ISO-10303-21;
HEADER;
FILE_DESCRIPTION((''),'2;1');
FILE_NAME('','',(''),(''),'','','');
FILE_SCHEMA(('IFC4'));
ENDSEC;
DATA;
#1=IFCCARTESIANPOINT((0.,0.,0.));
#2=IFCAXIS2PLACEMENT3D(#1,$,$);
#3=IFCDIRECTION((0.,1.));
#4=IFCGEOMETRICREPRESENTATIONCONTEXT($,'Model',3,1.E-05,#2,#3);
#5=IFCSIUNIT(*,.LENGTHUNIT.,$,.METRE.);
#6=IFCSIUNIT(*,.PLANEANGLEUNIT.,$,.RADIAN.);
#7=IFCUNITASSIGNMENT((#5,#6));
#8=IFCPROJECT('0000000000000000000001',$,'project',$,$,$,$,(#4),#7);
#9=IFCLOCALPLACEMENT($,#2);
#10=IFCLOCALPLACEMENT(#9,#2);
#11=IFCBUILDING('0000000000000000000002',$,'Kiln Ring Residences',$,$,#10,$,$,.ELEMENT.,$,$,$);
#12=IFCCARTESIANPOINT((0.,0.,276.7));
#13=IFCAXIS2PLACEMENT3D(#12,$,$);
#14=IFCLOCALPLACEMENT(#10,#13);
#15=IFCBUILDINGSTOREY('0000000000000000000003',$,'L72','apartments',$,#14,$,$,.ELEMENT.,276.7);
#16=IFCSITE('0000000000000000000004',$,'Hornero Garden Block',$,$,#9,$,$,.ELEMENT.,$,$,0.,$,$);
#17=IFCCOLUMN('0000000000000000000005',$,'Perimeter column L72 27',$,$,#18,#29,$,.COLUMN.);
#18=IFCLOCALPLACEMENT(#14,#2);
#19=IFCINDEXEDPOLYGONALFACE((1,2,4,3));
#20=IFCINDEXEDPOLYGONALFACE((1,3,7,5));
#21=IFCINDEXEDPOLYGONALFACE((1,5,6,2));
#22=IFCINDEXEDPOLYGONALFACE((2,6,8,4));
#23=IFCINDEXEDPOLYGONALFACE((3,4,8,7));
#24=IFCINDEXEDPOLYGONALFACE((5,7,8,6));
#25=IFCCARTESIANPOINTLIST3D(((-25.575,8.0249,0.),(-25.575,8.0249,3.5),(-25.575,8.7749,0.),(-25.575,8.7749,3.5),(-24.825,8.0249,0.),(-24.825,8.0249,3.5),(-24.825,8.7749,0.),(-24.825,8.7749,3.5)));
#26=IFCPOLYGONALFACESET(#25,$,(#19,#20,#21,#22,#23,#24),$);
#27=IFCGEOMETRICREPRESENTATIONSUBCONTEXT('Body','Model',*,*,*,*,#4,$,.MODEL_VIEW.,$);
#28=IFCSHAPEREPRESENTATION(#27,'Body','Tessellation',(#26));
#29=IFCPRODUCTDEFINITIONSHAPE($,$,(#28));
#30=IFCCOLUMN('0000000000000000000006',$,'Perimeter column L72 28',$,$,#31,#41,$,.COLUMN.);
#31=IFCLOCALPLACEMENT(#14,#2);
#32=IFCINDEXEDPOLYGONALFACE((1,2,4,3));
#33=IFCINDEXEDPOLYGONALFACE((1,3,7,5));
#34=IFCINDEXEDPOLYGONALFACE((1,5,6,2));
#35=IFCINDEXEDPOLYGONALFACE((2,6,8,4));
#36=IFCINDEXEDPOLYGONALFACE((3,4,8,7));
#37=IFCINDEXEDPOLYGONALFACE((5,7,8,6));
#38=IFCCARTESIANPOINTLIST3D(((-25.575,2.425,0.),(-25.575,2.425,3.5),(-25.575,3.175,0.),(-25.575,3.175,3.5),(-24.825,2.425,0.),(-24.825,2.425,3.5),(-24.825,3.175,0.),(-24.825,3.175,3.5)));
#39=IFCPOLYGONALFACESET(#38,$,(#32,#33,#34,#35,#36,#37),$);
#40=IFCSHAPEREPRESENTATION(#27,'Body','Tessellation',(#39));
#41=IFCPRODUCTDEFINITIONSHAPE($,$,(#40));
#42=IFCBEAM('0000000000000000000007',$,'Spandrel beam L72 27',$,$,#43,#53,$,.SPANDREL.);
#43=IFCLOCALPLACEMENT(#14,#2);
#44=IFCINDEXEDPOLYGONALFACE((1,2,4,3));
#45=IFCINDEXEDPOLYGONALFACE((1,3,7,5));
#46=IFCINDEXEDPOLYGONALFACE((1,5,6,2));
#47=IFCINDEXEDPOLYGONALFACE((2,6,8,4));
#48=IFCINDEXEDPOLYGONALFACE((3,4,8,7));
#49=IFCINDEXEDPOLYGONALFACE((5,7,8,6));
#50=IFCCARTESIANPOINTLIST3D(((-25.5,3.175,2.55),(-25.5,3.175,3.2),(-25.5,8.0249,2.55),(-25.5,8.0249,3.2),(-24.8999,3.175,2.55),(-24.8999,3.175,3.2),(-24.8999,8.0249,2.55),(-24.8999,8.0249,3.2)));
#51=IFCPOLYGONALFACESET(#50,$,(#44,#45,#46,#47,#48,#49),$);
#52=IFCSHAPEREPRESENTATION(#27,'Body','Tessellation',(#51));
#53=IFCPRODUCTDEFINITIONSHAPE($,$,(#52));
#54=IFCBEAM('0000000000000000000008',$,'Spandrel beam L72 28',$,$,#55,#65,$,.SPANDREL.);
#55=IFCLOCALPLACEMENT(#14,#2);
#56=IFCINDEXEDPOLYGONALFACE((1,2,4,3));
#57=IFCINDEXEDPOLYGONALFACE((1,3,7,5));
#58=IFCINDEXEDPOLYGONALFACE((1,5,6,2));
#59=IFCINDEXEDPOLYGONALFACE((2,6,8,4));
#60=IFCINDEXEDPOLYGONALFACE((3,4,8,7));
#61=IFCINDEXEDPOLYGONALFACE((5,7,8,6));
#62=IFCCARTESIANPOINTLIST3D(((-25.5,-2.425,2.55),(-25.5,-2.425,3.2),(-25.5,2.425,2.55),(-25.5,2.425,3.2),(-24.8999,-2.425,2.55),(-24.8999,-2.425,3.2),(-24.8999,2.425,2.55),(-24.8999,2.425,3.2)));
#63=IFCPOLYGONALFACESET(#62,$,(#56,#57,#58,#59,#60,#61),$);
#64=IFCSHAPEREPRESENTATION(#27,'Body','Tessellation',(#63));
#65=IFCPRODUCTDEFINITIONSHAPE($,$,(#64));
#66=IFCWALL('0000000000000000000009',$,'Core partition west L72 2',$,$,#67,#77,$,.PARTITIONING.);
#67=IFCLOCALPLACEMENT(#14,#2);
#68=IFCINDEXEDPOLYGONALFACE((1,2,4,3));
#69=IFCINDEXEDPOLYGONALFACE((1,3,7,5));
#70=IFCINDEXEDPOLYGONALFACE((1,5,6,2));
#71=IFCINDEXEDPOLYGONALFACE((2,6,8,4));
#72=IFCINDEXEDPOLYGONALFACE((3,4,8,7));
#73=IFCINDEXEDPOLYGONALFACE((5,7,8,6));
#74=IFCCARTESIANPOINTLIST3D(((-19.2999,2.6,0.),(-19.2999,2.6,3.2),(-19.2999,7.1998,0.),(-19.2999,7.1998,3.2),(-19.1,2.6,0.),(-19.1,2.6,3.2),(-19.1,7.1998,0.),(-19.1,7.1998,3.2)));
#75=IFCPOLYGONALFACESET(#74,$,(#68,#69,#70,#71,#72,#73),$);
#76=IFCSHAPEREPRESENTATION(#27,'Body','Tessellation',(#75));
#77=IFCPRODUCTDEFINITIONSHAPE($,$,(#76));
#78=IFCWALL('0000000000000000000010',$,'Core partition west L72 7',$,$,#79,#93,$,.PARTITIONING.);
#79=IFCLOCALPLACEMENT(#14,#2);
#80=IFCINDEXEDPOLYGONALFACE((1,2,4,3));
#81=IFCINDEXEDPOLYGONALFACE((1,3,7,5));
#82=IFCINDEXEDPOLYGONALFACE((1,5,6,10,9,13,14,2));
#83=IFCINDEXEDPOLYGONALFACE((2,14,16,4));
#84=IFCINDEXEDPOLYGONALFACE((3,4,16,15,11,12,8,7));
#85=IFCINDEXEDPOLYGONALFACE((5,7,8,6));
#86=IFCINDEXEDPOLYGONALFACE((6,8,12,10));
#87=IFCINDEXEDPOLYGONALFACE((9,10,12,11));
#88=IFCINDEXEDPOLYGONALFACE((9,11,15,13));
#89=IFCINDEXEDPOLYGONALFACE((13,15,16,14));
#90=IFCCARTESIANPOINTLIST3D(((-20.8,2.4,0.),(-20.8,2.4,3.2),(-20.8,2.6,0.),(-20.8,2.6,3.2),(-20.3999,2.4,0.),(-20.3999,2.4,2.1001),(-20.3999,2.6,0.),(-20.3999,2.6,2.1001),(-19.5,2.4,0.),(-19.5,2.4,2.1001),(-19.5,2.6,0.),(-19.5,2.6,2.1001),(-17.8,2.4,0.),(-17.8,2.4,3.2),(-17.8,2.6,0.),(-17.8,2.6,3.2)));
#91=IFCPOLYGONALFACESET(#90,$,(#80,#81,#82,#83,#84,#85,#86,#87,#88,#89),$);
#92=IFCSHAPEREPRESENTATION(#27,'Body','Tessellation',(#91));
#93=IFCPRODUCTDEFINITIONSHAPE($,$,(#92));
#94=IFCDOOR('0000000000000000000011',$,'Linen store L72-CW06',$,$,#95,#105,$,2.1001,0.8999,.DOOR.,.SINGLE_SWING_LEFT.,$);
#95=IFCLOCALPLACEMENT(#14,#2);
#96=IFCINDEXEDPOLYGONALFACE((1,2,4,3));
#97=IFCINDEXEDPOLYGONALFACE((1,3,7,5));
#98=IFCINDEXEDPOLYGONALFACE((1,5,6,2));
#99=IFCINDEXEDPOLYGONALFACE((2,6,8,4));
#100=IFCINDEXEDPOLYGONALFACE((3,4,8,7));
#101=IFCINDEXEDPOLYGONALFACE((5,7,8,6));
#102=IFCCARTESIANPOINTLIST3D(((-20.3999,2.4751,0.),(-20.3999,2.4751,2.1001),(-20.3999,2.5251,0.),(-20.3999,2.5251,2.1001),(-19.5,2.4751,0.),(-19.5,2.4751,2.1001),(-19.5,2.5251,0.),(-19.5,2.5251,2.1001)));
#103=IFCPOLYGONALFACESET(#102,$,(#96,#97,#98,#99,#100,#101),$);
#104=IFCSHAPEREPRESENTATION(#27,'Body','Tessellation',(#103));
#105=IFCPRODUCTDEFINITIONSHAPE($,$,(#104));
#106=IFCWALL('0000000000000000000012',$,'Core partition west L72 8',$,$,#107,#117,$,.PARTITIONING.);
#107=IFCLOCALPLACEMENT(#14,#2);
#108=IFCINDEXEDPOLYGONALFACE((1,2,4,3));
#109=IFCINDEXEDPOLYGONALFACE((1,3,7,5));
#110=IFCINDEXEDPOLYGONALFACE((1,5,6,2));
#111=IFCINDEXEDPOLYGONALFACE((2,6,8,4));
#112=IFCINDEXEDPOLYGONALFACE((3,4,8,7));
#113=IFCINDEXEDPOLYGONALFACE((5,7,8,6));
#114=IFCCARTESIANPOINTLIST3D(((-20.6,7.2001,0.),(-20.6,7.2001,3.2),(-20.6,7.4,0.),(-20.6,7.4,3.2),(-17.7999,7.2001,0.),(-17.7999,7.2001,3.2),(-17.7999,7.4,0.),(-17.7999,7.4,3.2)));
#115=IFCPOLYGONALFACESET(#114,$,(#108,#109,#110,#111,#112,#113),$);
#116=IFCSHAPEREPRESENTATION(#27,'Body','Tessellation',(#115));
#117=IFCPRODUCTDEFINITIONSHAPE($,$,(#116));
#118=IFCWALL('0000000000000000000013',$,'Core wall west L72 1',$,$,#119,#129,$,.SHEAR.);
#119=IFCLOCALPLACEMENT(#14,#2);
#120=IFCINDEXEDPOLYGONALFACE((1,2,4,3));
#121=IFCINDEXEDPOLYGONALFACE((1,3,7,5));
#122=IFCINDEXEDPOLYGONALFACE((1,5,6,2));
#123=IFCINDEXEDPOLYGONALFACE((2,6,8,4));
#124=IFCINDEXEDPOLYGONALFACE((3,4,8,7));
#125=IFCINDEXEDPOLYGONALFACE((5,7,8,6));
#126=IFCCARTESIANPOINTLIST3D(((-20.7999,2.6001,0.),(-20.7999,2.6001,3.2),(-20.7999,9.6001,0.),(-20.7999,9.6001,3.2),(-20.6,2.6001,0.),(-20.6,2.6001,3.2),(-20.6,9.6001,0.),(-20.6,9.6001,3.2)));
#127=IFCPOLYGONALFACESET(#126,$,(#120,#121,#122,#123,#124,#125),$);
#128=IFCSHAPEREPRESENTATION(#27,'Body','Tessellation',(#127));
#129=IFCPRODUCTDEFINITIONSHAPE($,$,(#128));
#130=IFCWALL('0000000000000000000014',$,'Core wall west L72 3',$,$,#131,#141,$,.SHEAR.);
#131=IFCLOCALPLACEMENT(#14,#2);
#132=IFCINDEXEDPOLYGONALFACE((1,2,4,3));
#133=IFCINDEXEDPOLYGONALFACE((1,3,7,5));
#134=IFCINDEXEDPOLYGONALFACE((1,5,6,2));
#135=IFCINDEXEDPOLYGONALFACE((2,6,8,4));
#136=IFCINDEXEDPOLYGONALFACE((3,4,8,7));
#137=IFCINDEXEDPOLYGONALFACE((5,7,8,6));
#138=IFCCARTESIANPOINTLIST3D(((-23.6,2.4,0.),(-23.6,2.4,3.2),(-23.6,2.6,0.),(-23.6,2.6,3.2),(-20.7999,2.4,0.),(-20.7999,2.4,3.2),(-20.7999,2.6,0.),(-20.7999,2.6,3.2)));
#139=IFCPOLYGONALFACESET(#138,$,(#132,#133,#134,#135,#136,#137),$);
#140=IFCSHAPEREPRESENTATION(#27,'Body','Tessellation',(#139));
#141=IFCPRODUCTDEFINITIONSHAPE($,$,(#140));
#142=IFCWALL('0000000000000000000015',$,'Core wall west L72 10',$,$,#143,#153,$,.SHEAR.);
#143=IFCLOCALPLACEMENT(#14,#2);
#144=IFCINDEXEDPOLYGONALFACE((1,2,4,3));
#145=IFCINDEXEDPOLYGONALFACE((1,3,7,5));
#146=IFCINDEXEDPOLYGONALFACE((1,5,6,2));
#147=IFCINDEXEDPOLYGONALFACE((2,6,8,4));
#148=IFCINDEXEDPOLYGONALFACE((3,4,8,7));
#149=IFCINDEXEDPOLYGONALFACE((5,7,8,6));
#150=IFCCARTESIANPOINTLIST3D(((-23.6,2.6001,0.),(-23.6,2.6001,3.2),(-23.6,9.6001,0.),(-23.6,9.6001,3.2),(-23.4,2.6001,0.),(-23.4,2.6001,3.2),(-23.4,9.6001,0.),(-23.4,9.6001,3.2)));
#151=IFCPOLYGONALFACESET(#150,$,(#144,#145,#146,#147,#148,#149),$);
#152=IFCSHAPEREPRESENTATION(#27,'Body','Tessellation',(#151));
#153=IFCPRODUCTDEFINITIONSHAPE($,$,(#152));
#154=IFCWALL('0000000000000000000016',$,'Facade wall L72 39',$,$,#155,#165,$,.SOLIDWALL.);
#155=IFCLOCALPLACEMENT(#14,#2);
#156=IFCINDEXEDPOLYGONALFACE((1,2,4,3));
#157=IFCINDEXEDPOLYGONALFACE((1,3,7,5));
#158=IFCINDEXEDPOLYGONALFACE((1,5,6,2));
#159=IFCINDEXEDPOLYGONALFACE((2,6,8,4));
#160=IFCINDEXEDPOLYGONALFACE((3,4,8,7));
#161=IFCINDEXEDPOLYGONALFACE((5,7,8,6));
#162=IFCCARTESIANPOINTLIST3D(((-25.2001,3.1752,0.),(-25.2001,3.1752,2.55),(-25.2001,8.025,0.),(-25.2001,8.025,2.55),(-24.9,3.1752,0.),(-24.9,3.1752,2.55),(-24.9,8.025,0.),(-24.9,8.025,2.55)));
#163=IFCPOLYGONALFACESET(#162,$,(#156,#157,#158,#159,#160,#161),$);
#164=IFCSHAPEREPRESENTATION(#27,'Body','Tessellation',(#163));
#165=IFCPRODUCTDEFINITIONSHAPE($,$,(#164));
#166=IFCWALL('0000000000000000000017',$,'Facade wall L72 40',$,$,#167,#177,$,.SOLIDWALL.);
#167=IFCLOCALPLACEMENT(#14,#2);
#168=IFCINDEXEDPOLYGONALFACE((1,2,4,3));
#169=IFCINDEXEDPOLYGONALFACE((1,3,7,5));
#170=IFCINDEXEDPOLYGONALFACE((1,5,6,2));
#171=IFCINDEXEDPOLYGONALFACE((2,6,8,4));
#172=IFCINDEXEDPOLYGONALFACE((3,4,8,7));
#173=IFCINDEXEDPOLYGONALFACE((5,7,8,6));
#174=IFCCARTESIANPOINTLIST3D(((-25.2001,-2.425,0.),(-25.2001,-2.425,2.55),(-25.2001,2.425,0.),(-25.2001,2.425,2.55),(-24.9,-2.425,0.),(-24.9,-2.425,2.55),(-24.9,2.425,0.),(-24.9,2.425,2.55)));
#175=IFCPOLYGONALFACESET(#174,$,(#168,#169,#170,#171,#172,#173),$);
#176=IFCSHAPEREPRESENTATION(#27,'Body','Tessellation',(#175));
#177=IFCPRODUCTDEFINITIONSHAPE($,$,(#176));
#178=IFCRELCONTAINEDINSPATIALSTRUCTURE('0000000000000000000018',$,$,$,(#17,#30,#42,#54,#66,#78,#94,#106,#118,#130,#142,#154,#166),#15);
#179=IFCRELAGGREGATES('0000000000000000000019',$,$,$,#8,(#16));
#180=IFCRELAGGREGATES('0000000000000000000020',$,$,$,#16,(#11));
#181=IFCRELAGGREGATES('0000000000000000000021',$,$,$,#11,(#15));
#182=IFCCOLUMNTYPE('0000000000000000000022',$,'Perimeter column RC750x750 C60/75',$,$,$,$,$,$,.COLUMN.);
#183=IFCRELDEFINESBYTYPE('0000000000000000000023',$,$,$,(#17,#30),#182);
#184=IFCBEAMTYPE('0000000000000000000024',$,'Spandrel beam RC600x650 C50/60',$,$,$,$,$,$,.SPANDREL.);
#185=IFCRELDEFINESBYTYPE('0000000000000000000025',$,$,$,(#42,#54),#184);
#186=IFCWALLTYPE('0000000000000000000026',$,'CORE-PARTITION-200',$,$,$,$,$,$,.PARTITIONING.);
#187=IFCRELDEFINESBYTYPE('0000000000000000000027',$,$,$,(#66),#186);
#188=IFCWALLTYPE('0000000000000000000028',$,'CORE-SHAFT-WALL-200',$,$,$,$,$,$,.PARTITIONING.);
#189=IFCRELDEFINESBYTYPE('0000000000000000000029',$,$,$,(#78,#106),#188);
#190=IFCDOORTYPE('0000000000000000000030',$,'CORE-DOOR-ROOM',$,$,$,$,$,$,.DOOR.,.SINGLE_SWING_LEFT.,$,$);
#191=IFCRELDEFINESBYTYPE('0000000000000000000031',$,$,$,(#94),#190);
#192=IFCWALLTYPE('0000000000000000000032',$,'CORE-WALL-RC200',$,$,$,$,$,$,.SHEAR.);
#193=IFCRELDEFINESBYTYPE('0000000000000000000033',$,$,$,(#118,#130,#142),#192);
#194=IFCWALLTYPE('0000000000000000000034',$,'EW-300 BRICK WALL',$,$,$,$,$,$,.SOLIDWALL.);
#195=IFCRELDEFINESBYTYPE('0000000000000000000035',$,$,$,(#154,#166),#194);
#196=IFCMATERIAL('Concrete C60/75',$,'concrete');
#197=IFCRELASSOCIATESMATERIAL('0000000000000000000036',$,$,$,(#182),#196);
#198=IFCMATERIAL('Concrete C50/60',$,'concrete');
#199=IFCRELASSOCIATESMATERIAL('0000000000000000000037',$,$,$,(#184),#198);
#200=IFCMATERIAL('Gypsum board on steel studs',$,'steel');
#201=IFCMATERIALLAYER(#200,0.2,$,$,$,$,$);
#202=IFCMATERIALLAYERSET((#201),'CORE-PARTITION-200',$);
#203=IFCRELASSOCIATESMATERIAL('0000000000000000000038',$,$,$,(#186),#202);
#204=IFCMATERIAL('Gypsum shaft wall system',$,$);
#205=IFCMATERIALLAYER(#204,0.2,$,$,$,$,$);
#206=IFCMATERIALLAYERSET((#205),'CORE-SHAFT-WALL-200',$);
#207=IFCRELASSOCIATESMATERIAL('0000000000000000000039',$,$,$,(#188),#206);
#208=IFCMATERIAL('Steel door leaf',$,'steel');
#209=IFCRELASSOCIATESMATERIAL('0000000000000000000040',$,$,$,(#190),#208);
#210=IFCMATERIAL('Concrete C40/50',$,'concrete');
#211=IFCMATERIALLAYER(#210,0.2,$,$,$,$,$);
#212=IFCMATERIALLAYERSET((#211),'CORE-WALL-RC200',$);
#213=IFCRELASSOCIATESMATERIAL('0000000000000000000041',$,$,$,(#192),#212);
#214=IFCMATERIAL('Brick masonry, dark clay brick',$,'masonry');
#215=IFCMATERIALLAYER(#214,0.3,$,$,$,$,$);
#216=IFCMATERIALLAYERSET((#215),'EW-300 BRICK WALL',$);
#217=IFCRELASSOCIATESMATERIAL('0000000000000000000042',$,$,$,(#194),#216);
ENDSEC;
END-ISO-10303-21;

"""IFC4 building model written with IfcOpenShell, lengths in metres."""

from ifc_helpers import new_model, si_unit, direction, frame, frame_2d, origin, origin_2d, place, context, subcontext, project, spatial, rectangle, extrude, material, layer, layer_set, material_profile, profile_set, type_object, element, fill, save


model = new_model("IFC4")

# Units and contexts
model_context = context("Model", 3, precision=1e-05, world=origin(), true_north=direction((0.0, 1.0)))
body_context = subcontext(model_context, "Body", "Model", "MODEL_VIEW")
ifc_project = project(units=[si_unit("LENGTHUNIT", "METRE"), si_unit("PLANEANGLEUNIT", "RADIAN")], contexts=[model_context])

# Site, building, storey
site_placement = place(None, origin())
site = spatial("IfcSite", under=ifc_project, at=site_placement, Name="Hornero Garden Block", CompositionType="ELEMENT", RefElevation=0.0)
building_placement = place(site_placement, origin())
building = spatial("IfcBuilding", under=site, at=building_placement, Name="Kiln Ring Residences", CompositionType="ELEMENT")
storey_placement = place(building_placement, frame((0.0, 0.0, 276.7)))
storey = spatial("IfcBuildingStorey", under=building, at=storey_placement, Name="L72", Description="apartments", CompositionType="ELEMENT", Elevation=276.7)

# Columns
ifc_material_1 = material(Name="Concrete C60/75", Category="concrete")
ifc_material_profile_1 = material_profile(ifc_material_1, rectangle(XDim=0.75, YDim=0.75, at=origin_2d()), Name="RC750x750")
ifc_profile_set_1 = profile_set([ifc_material_profile_1], Name="Concrete C60/75")
column_type = type_object("IfcColumnType", Name="Perimeter column RC750x750 C60/75", PredefinedType="COLUMN", material=ifc_profile_set_1)
for number, where, z_axis, x_axis, name in (
    (1, (-25.2, 8.3999, 0.0), (0.0, 0.0, 1.0), (1.0, 0.0, 0.0), "Perimeter column L72 27"),
    (2, (-25.2, 2.8, 0.0), (0.0, 0.0, 1.0), (1.0, 0.0, 0.0), "Perimeter column L72 28"),
):
    element("IfcColumn", number, at=place(storey_placement, frame(where, z_axis=z_axis, x_axis=x_axis)), inside=storey, type_object=column_type, Name=name, PredefinedType="COLUMN", context=body_context, shape_type="SweptSolid", body=[
        extrude(rectangle(XDim=0.75, YDim=0.75, at=origin_2d()), origin(), (0.0, 0.0, 1.0), 3.5),
    ])

# Beams
ifc_material_2 = material(Name="Concrete C50/60", Category="concrete")
ifc_material_profile_2 = material_profile(ifc_material_2, rectangle(XDim=0.6001, YDim=0.6499, at=origin_2d()), Name="RC600x650")
ifc_profile_set_2 = profile_set([ifc_material_profile_2], Name="Concrete C50/60")
beam_type = type_object("IfcBeamType", Name="Spandrel beam RC600x650 C50/60", PredefinedType="SPANDREL", material=ifc_profile_set_2)
beam_1_placement = place(storey_placement, frame((-25.2, 8.0249, 2.875), z_axis=(0.0, -1.0, 0.0), x_axis=(1.0, 0.0, 0.0)))
element("IfcBeam", 3, at=beam_1_placement, inside=storey, type_object=beam_type, Name="Spandrel beam L72 27", PredefinedType="SPANDREL", context=body_context, shape_type="SweptSolid", body=[
    extrude(rectangle(XDim=0.6001, YDim=0.6499, at=origin_2d()), origin(), (0.0, 0.0, 1.0), 4.8499),
])
beam_2_placement = place(storey_placement, frame((-25.2, 2.425, 2.875), z_axis=(0.0, -1.0, 0.0), x_axis=(1.0, 0.0, 0.0)))
element("IfcBeam", 4, at=beam_2_placement, inside=storey, type_object=beam_type, Name="Spandrel beam L72 28", PredefinedType="SPANDREL", context=body_context, shape_type="SweptSolid", body=[
    extrude(rectangle(XDim=0.6001, YDim=0.6499, at=origin_2d()), origin(), (0.0, 0.0, 1.0), 4.8501),
])

# Wall
ifc_material_3 = material(Name="Gypsum board on steel studs", Category="steel")
ifc_layer_1 = layer(ifc_material_3, 0.2)
ifc_layer_set_1 = layer_set([ifc_layer_1], Name="CORE-PARTITION-200")
wall_type_1 = type_object("IfcWallType", Name="CORE-PARTITION-200", PredefinedType="PARTITIONING", material=ifc_layer_set_1)
wall_1_placement = place(storey_placement, frame((-19.2, 2.6001, 0.0), z_axis=(0.0, 0.0, 1.0), x_axis=(0.0, 1.0, 0.0)))
element("IfcWall", 5, at=wall_1_placement, inside=storey, type_object=wall_type_1, Name="Core partition west L72 2", PredefinedType="PARTITIONING", context=body_context, shape_type="SweptSolid", body=[
    extrude(rectangle(XDim=4.5999, YDim=0.2, at=frame_2d((2.2998, 0.0))), origin(), (0.0, 0.0, 1.0), 3.2),
])

# Wall, opening, door
ifc_material_4 = material(Name="Gypsum shaft wall system")
ifc_layer_2 = layer(ifc_material_4, 0.2)
ifc_layer_set_2 = layer_set([ifc_layer_2], Name="CORE-SHAFT-WALL-200")
wall_type_2 = type_object("IfcWallType", Name="CORE-SHAFT-WALL-200", PredefinedType="PARTITIONING", material=ifc_layer_set_2)
wall_2_placement = place(storey_placement, frame((-17.8, 2.5, 0.0), z_axis=(0.0, 0.0, 1.0), x_axis=(-1.0, 0.0, 0.0)))
wall_2 = element("IfcWall", 6, at=wall_2_placement, inside=storey, type_object=wall_type_2, Name="Core partition west L72 7", PredefinedType="PARTITIONING", context=body_context, shape_type="SweptSolid", body=[
    extrude(rectangle(XDim=3.0, YDim=0.2, at=frame_2d((1.5, 0.0))), origin(), (0.0, 0.0, 1.0), 3.2),
])
opening_placement = place(wall_2_placement, frame((1.7, 0.0, 0.0)))
opening = element("IfcOpeningElement", 7, at=opening_placement, cuts=wall_2, PredefinedType="OPENING", context=body_context, shape_type="SweptSolid", body=[
    extrude(rectangle(XDim=0.8999, YDim=2.1001, at=frame_2d((0.45, 1.05))), frame((0.0, 0.1099, 0.0), z_axis=(0.0, -1.0, 0.0), x_axis=(1.0, 0.0, 0.0)), (0.0, 0.0, 1.0), 0.22),
])
ifc_material_5 = material(Name="Steel door leaf", Category="steel")
door_type = type_object("IfcDoorType", Name="CORE-DOOR-ROOM", OperationType="SINGLE_SWING_LEFT", PredefinedType="DOOR", material=ifc_material_5)
door_placement = place(opening_placement, origin())
door = element("IfcDoor", 8, at=door_placement, inside=storey, type_object=door_type, Name="Linen store L72-CW06", OperationType="SINGLE_SWING_LEFT", OverallHeight=2.1001, OverallWidth=0.8999, PredefinedType="DOOR", context=body_context, shape_type="SweptSolid", body=[
    extrude(rectangle(XDim=0.8999, YDim=2.1001, at=frame_2d((0.45, 1.05))), frame((0.0, 0.0249, 0.0), z_axis=(0.0, -1.0, 0.0), x_axis=(1.0, 0.0, 0.0)), (0.0, 0.0, 1.0), 0.05),
])
fill(opening, door)

# Walls
wall_3_placement = place(storey_placement, frame((-17.8, 7.3, 0.0), z_axis=(0.0, 0.0, 1.0), x_axis=(-1.0, 0.0, 0.0)))
element("IfcWall", 9, at=wall_3_placement, inside=storey, type_object=wall_type_2, Name="Core partition west L72 8", PredefinedType="PARTITIONING", context=body_context, shape_type="SweptSolid", body=[
    extrude(rectangle(XDim=2.8, YDim=0.2, at=frame_2d((1.3999, 0.0))), origin(), (0.0, 0.0, 1.0), 3.2),
])
ifc_material_6 = material(Name="Concrete C40/50", Category="concrete")
ifc_layer_3 = layer(ifc_material_6, 0.2)
ifc_layer_set_3 = layer_set([ifc_layer_3], Name="CORE-WALL-RC200")
wall_type_3 = type_object("IfcWallType", Name="CORE-WALL-RC200", PredefinedType="SHEAR", material=ifc_layer_set_3)
wall_4_placement = place(storey_placement, frame((-20.7, 2.6001, 0.0), z_axis=(0.0, 0.0, 1.0), x_axis=(0.0, 1.0, 0.0)))
element("IfcWall", 10, at=wall_4_placement, inside=storey, type_object=wall_type_3, Name="Core wall west L72 1", PredefinedType="SHEAR", context=body_context, shape_type="SweptSolid", body=[
    extrude(rectangle(XDim=7.0, YDim=0.2, at=frame_2d((3.5, 0.0))), origin(), (0.0, 0.0, 1.0), 3.2),
])
wall_5_placement = place(storey_placement, frame((-20.8, 2.5, 0.0), z_axis=(0.0, 0.0, 1.0), x_axis=(-1.0, 0.0, 0.0)))
element("IfcWall", 11, at=wall_5_placement, inside=storey, type_object=wall_type_3, Name="Core wall west L72 3", PredefinedType="SHEAR", context=body_context, shape_type="SweptSolid", body=[
    extrude(rectangle(XDim=2.8, YDim=0.2, at=frame_2d((1.3999, 0.0))), origin(), (0.0, 0.0, 1.0), 3.2),
])
wall_6_placement = place(storey_placement, frame((-23.5, 2.6001, 0.0), z_axis=(0.0, 0.0, 1.0), x_axis=(0.0, 1.0, 0.0)))
element("IfcWall", 12, at=wall_6_placement, inside=storey, type_object=wall_type_3, Name="Core wall west L72 10", PredefinedType="SHEAR", context=body_context, shape_type="SweptSolid", body=[
    extrude(rectangle(XDim=7.0, YDim=0.2, at=frame_2d((3.5, 0.0))), origin(), (0.0, 0.0, 1.0), 3.2),
])
ifc_material_7 = material(Name="Brick masonry, dark clay brick", Category="masonry")
ifc_layer_4 = layer(ifc_material_7, 0.3)
ifc_layer_set_4 = layer_set([ifc_layer_4], Name="EW-300 BRICK WALL")
wall_type_4 = type_object("IfcWallType", Name="EW-300 BRICK WALL", PredefinedType="SOLIDWALL", material=ifc_layer_set_4)
wall_7_placement = place(storey_placement, frame((-25.05, 8.0249, 0.0), z_axis=(0.0, 0.0, 1.0), x_axis=(0.0, -1.0, 0.0)))
element("IfcWall", 13, at=wall_7_placement, inside=storey, type_object=wall_type_4, Name="Facade wall L72 39", PredefinedType="SOLIDWALL", context=body_context, shape_type="SweptSolid", body=[
    extrude(rectangle(XDim=4.8499, YDim=0.3, at=frame_2d((2.4248, 0.0))), origin(), (0.0, 0.0, 1.0), 2.55),
])
wall_8_placement = place(storey_placement, frame((-25.05, 2.425, 0.0), z_axis=(0.0, 0.0, 1.0), x_axis=(0.0, -1.0, 0.0)))
element("IfcWall", 14, at=wall_8_placement, inside=storey, type_object=wall_type_4, Name="Facade wall L72 40", PredefinedType="SOLIDWALL", context=body_context, shape_type="SweptSolid", body=[
    extrude(rectangle(XDim=4.8501, YDim=0.3, at=frame_2d((2.425, 0.0))), origin(), (0.0, 0.0, 1.0), 2.55),
])

save(model, "model.ifc")
